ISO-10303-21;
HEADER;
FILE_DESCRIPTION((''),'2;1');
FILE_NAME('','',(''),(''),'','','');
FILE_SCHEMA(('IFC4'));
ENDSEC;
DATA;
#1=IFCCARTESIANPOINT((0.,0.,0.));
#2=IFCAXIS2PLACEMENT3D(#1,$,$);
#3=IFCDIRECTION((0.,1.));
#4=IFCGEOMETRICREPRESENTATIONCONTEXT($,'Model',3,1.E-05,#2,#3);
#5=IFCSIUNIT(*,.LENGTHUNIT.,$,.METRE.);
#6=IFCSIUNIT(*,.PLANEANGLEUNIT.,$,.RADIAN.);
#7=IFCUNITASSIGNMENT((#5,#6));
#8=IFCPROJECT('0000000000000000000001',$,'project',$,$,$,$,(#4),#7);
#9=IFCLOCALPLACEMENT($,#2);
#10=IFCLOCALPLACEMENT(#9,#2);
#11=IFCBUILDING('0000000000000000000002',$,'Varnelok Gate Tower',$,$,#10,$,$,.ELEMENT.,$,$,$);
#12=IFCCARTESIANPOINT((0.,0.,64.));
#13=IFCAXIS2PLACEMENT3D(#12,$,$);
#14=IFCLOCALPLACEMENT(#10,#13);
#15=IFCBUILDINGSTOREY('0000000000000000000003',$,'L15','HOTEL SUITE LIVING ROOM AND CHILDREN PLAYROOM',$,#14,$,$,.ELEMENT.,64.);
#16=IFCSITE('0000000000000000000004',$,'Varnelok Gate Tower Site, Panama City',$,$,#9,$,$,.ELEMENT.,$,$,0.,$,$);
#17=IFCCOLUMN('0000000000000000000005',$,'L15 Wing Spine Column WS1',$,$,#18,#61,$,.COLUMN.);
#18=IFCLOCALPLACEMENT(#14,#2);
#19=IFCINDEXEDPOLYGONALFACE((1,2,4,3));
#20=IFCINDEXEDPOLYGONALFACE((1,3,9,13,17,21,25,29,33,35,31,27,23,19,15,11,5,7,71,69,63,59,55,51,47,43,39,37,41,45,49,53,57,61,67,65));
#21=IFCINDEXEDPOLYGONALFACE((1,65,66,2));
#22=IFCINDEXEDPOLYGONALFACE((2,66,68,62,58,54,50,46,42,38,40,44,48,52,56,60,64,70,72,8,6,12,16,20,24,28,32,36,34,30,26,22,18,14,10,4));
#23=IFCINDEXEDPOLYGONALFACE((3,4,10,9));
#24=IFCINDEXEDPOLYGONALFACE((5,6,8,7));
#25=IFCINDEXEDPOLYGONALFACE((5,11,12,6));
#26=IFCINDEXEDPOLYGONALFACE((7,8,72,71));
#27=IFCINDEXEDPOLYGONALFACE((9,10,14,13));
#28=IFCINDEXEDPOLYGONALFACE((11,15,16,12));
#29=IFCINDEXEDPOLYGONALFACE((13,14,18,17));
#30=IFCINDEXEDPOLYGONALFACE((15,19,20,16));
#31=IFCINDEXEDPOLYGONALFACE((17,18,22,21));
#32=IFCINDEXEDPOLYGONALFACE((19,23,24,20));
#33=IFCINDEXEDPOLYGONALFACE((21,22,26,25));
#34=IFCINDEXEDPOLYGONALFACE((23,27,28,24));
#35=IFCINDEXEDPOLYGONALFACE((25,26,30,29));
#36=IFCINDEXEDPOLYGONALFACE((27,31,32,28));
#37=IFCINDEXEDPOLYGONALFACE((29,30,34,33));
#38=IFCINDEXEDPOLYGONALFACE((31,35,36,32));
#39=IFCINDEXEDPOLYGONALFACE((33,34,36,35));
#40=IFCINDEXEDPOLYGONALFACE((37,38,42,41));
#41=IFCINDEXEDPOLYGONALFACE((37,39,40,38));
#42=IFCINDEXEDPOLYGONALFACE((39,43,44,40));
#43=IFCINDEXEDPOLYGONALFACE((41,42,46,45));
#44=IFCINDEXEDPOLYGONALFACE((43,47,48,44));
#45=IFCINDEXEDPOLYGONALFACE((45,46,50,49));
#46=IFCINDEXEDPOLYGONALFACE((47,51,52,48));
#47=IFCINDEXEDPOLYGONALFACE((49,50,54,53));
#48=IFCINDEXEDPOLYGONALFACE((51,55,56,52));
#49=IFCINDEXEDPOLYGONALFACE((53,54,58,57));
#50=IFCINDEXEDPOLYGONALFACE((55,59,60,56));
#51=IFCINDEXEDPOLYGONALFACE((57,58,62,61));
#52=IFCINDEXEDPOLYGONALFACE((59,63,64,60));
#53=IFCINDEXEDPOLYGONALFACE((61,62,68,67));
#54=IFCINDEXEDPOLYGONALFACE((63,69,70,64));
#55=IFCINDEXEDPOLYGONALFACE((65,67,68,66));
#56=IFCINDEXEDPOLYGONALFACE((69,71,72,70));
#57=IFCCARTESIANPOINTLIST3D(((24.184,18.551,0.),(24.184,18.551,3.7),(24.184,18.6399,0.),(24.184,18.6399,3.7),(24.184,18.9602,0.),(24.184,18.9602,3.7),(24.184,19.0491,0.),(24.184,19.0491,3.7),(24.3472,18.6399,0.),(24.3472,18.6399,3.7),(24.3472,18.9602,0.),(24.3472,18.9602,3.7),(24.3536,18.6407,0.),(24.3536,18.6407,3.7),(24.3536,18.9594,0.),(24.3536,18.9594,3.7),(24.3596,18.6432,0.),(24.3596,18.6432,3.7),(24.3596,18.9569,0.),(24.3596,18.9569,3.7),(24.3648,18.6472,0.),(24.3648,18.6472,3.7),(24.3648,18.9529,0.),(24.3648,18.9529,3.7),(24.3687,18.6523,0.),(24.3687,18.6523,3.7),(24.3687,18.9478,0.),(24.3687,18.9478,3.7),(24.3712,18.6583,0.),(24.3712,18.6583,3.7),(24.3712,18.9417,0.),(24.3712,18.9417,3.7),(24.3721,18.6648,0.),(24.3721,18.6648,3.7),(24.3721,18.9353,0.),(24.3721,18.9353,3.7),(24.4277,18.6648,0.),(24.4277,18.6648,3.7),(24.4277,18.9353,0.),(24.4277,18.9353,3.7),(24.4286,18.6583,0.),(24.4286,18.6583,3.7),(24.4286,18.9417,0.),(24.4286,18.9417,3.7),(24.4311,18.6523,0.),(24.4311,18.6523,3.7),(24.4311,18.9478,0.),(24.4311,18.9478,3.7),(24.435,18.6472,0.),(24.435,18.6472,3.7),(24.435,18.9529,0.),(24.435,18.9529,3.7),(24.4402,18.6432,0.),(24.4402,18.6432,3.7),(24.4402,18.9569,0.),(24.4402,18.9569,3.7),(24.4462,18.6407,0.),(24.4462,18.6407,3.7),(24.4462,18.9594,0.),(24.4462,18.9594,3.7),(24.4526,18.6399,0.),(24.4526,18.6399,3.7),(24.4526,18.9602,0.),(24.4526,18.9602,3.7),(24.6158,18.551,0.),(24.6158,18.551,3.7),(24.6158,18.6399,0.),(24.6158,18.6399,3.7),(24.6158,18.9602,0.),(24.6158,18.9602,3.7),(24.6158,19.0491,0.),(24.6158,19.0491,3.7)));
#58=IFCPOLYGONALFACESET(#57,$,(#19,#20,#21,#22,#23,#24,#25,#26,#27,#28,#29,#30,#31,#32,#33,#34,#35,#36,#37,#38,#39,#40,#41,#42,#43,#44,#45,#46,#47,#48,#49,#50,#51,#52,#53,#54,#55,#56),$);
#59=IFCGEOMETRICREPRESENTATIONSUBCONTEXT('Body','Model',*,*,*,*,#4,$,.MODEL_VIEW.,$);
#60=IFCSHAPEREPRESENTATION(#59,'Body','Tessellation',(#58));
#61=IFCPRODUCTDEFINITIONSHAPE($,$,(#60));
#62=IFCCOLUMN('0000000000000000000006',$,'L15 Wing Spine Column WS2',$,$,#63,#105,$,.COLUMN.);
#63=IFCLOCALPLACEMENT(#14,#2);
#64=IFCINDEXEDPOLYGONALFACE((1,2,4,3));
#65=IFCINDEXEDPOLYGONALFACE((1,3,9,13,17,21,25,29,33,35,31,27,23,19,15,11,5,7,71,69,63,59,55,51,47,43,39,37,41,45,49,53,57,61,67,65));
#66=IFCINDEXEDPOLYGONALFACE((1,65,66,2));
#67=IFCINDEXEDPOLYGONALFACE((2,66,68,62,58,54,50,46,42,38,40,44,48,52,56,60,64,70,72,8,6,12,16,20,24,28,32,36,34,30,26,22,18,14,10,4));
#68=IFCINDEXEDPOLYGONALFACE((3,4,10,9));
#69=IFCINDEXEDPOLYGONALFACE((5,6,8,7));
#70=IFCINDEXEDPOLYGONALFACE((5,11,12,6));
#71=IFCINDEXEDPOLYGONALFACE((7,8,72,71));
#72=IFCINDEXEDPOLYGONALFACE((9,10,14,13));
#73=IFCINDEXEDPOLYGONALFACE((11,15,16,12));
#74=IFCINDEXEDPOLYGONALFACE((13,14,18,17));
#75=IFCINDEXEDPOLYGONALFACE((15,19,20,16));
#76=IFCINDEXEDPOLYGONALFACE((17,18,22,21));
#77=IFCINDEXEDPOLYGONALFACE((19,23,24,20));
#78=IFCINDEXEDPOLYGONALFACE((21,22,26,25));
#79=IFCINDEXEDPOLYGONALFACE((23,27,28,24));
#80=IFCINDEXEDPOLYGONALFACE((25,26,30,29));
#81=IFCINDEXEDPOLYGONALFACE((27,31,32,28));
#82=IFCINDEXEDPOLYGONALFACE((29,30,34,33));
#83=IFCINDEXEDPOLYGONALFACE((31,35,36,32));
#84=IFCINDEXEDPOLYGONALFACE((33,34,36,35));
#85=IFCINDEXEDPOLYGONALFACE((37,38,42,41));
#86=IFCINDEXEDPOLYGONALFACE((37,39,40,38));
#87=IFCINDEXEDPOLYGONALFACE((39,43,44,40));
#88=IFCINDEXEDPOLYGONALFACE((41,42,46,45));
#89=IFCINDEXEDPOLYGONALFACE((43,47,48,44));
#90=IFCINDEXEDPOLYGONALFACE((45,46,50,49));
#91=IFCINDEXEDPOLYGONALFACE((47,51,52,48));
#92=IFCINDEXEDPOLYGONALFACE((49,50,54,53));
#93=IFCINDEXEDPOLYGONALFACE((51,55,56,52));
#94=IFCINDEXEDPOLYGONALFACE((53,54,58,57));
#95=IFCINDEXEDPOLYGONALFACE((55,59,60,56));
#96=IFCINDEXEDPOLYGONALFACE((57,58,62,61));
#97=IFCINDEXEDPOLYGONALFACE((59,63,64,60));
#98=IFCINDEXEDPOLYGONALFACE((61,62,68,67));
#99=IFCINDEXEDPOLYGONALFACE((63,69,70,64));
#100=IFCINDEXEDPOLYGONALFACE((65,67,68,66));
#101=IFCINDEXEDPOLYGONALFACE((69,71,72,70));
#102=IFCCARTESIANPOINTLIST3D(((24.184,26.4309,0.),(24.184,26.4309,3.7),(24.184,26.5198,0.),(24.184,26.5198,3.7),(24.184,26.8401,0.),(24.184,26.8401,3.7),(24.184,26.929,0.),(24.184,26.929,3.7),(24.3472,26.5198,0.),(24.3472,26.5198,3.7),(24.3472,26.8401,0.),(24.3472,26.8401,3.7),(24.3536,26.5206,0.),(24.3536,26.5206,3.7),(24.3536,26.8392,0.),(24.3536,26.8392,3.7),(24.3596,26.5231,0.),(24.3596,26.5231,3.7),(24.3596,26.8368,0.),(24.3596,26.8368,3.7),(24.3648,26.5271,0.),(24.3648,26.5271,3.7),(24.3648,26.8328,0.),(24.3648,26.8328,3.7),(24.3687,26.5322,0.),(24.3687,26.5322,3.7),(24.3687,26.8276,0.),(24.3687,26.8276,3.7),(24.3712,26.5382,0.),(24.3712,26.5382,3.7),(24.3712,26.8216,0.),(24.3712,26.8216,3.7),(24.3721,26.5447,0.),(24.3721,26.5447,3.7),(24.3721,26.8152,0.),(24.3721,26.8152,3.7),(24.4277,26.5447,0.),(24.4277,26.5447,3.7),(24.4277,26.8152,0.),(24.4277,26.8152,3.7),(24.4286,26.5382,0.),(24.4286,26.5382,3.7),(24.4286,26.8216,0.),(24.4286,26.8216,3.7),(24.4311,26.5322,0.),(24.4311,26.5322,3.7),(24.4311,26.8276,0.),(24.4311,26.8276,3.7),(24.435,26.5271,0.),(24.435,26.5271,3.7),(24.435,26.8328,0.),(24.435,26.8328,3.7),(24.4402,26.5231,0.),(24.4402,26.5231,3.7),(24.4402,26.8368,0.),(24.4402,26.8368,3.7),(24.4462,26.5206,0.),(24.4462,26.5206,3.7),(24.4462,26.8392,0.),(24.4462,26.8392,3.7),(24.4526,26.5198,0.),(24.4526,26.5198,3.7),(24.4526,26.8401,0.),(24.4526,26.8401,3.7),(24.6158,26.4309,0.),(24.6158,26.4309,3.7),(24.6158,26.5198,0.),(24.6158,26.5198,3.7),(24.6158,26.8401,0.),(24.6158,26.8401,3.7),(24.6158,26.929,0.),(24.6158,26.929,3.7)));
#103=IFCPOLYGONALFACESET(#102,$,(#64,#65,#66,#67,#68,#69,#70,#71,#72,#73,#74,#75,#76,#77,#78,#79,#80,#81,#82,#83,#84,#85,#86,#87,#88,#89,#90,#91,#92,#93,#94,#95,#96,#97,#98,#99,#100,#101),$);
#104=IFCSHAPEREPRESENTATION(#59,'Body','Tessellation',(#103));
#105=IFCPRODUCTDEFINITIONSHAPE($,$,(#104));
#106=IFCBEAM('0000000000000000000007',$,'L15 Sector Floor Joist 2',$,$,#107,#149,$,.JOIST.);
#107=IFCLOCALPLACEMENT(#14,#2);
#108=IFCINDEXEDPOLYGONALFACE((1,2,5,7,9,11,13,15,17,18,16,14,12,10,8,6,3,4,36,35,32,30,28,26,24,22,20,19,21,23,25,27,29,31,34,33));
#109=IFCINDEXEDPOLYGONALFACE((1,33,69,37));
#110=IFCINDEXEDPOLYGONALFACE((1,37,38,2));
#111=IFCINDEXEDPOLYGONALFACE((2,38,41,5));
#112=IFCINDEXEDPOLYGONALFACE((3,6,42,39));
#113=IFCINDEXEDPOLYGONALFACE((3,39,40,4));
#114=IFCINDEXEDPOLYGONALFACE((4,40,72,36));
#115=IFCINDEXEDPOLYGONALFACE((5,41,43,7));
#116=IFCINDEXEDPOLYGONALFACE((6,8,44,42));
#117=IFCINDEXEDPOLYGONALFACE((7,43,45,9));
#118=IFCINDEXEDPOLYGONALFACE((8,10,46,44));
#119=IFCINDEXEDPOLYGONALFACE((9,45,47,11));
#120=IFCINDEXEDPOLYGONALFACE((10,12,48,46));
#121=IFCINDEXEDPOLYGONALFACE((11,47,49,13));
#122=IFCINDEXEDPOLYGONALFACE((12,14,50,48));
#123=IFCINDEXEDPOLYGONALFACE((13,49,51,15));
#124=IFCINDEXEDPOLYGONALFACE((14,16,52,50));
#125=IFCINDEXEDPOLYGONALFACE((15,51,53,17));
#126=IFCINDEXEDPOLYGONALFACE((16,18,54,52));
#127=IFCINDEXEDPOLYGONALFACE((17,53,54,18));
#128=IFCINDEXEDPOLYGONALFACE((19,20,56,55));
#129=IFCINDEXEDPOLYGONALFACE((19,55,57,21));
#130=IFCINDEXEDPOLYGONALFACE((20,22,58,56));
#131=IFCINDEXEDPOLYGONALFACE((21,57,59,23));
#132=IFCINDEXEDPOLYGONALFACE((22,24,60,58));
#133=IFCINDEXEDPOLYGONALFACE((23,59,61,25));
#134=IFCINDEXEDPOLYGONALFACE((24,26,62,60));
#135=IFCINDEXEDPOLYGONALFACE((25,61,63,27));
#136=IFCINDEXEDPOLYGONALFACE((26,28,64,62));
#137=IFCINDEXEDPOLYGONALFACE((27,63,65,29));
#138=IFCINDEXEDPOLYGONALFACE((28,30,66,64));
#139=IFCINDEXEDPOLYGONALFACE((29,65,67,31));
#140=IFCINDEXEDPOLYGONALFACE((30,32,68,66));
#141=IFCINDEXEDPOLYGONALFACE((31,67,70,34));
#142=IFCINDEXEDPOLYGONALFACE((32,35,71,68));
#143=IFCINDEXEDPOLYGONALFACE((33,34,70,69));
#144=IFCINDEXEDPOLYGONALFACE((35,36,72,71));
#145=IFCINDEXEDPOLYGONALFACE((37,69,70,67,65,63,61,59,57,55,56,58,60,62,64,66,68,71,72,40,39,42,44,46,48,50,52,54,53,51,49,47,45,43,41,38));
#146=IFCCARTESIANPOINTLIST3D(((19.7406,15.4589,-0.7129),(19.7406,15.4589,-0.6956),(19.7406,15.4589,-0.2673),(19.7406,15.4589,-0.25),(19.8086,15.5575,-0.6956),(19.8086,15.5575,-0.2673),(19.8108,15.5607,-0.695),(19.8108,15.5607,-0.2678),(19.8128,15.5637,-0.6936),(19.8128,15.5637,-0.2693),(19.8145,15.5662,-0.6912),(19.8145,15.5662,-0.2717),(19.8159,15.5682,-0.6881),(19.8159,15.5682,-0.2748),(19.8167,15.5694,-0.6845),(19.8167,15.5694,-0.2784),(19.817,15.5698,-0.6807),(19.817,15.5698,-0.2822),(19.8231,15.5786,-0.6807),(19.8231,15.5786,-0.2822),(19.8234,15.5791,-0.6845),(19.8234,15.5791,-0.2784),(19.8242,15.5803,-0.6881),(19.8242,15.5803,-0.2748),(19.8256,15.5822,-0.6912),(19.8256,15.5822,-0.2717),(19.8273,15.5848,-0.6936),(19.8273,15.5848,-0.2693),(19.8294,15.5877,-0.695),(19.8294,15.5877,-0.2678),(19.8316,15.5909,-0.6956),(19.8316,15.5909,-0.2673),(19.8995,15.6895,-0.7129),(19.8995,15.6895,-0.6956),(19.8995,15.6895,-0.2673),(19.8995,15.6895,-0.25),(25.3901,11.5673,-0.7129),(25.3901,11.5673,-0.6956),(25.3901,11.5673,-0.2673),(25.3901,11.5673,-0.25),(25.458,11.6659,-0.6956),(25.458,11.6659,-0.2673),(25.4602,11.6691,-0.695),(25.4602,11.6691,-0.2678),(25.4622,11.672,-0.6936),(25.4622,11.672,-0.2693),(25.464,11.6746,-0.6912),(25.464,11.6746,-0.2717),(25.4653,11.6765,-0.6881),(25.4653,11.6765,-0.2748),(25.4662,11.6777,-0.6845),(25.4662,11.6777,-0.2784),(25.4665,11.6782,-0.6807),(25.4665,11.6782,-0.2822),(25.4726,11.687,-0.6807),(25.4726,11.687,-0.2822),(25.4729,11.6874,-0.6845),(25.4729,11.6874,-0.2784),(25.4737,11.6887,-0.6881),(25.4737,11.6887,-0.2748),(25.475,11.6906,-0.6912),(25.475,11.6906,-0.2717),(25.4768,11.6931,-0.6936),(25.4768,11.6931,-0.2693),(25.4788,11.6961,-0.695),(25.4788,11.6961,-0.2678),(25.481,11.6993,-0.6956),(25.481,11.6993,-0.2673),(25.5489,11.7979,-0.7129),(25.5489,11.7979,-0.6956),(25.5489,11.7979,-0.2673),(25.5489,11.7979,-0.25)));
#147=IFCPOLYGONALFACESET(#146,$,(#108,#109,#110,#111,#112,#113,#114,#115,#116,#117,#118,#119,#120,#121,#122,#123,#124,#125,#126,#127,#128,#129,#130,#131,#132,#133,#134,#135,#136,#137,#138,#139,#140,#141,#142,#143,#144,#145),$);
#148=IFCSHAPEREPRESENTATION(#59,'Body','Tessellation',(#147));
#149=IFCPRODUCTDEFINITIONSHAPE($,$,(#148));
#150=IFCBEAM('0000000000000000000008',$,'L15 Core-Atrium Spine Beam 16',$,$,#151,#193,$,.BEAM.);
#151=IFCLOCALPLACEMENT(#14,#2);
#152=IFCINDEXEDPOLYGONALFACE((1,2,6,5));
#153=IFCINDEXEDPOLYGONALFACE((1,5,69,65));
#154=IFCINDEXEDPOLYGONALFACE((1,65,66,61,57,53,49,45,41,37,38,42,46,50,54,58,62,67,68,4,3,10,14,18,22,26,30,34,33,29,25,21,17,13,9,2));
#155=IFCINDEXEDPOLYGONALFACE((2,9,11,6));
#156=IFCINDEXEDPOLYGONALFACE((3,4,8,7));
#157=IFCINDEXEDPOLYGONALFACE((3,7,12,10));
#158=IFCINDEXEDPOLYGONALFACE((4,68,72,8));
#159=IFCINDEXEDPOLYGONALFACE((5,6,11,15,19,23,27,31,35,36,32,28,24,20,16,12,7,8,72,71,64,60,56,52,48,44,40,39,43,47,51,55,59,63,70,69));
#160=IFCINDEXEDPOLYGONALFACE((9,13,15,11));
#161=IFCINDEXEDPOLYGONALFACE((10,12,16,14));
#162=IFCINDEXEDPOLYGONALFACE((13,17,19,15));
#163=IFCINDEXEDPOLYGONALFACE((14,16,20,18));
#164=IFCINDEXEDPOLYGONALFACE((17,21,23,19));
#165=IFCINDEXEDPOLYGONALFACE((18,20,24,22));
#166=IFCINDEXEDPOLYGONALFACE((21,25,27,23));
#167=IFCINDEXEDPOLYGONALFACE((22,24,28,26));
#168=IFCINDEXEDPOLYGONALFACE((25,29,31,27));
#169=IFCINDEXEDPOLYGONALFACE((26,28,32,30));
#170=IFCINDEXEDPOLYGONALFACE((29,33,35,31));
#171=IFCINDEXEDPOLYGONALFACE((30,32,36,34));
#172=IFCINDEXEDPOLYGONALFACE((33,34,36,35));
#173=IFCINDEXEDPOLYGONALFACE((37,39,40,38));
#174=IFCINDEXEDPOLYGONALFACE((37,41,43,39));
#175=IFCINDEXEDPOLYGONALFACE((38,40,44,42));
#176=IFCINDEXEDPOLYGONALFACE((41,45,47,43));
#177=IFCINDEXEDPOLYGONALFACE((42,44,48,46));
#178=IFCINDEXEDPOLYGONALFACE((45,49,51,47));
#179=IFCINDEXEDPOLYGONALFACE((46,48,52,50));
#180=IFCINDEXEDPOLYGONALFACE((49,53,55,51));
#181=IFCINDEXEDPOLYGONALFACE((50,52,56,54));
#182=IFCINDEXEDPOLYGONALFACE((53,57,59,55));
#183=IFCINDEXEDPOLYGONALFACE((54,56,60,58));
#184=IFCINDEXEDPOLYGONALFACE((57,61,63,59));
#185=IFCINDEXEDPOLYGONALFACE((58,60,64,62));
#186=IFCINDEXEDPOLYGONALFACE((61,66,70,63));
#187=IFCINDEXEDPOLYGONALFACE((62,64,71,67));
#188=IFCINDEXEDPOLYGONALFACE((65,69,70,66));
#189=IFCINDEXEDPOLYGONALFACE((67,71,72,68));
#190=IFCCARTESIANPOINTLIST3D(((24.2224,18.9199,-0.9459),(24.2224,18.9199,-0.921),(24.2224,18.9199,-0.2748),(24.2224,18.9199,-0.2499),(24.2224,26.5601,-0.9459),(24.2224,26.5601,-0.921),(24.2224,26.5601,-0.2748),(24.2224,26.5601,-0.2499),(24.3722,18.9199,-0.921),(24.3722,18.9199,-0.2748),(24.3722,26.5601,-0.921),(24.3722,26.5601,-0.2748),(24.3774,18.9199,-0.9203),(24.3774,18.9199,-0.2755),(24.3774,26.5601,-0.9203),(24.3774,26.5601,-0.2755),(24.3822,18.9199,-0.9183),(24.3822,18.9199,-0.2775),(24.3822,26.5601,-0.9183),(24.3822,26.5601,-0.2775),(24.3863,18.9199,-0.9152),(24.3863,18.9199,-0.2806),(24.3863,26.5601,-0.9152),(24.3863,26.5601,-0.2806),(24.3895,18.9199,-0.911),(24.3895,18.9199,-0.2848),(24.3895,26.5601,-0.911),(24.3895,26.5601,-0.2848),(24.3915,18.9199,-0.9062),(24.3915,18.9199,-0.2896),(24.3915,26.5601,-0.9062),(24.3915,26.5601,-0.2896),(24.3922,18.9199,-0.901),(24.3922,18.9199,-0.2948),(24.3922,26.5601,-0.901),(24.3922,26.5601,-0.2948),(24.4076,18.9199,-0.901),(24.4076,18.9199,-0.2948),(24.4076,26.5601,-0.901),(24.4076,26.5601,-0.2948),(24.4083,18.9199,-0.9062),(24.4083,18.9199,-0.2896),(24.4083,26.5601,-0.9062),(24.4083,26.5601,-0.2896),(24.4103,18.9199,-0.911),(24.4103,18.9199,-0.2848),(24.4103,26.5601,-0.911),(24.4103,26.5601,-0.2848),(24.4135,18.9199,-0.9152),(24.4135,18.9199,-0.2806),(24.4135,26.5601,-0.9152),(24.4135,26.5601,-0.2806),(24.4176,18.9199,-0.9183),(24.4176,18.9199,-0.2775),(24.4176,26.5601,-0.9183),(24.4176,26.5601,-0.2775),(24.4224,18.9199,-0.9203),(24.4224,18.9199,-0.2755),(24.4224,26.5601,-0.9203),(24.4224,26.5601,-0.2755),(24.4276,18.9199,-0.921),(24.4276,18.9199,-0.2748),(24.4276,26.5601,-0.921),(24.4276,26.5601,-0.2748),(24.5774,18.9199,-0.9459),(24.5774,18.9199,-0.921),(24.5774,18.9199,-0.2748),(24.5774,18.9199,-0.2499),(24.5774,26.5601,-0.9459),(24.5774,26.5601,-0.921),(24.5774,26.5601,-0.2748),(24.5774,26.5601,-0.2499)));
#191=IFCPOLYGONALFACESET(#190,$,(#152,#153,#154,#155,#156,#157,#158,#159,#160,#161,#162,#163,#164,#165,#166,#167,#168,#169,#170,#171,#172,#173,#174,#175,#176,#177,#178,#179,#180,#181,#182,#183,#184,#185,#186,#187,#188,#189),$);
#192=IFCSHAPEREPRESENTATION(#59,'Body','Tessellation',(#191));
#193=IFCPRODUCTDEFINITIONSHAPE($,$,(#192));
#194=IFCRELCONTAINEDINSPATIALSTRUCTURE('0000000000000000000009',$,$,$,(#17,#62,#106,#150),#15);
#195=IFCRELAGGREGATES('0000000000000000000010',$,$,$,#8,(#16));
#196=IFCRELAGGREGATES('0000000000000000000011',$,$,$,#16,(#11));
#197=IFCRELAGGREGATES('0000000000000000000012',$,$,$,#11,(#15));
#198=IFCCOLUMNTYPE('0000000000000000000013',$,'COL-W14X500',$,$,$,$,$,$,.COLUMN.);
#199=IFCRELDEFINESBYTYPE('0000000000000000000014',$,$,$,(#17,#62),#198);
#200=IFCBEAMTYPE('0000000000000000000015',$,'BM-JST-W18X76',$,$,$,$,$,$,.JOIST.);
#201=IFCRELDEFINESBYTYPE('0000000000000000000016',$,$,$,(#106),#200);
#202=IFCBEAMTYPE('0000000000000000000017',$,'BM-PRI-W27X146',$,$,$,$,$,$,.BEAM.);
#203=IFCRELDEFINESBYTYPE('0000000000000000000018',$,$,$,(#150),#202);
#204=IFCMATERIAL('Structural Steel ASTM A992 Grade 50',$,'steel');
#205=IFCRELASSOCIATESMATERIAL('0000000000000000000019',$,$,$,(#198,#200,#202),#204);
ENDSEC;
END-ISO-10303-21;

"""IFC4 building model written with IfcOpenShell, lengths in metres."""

from ifc_helpers import new_model, si_unit, direction, frame, origin, origin_2d, place, context, subcontext, project, spatial, i_section, extrude, material, material_profile, profile_set, type_object, element, save


model = new_model("IFC4")

# Units and contexts
model_context = context("Model", 3, precision=1e-05, world=origin(), true_north=direction((0.0, 1.0)))
body_context = subcontext(model_context, "Body", "Model", "MODEL_VIEW")
ifc_project = project(units=[si_unit("LENGTHUNIT", "METRE"), si_unit("PLANEANGLEUNIT", "RADIAN")], contexts=[model_context])

# Site, building, storey
site_placement = place(None, origin())
site = spatial("IfcSite", under=ifc_project, at=site_placement, Name="Varnelok Gate Tower Site, Panama City", CompositionType="ELEMENT", RefElevation=0.0)
building_placement = place(site_placement, origin())
building = spatial("IfcBuilding", under=site, at=building_placement, Name="Varnelok Gate Tower", CompositionType="ELEMENT")
storey_placement = place(building_placement, frame((0.0, 0.0, 64.0)))
storey = spatial("IfcBuildingStorey", under=building, at=storey_placement, Name="L15", Description="HOTEL SUITE LIVING ROOM AND CHILDREN PLAYROOM", CompositionType="ELEMENT", Elevation=64.0)

# Columns
ifc_material_1 = material(Name="Structural Steel ASTM A992 Grade 50", Category="steel")
ifc_material_profile_1 = material_profile(ifc_material_1, i_section(OverallWidth=0.4319, OverallDepth=0.498, WebThickness=0.0557, FlangeThickness=0.0889, FilletRadius=0.0249, at=origin_2d()), Name="W14X500")
ifc_profile_set_1 = profile_set([ifc_material_profile_1], Name="Structural Steel ASTM A992 Grade 50")
column_type = type_object("IfcColumnType", Name="COL-W14X500", PredefinedType="COLUMN", material=ifc_profile_set_1)
for number, where, z_axis, x_axis, name in (
    (1, (24.3999, 18.8, 0.0), (0.0, 0.0, 1.0), (1.0, 0.0, 0.0), "L15 Wing Spine Column WS1"),
    (2, (24.3999, 26.6799, 0.0), (0.0, 0.0, 1.0), (1.0, 0.0, 0.0), "L15 Wing Spine Column WS2"),
):
    element("IfcColumn", number, at=place(storey_placement, frame(where, z_axis=z_axis, x_axis=x_axis)), inside=storey, type_object=column_type, Name=name, PredefinedType="COLUMN", context=body_context, shape_type="SweptSolid", body=[
        extrude(i_section(OverallWidth=0.4319, OverallDepth=0.498, WebThickness=0.0557, FlangeThickness=0.0889, FilletRadius=0.0249, at=origin_2d()), origin(), (0.0, 0.0, 1.0), 3.7),
    ])

# Beams
ifc_material_profile_2 = material_profile(ifc_material_1, i_section(OverallWidth=0.28, OverallDepth=0.4629, WebThickness=0.0107, FlangeThickness=0.0173, FilletRadius=0.0149, at=origin_2d()), Name="W18X76")
ifc_profile_set_2 = profile_set([ifc_material_profile_2], Name="Structural Steel ASTM A992 Grade 50")
beam_type_1 = type_object("IfcBeamType", Name="BM-JST-W18X76", PredefinedType="JOIST", material=ifc_profile_set_2)
beam_1_placement = place(storey_placement, frame((19.8201, 15.5742, -0.4814), z_axis=(0.823522, -0.567284, 0.0), x_axis=(0.567284, 0.823522, 0.0)))
element("IfcBeam", 3, at=beam_1_placement, inside=storey, type_object=beam_type_1, Name="L15 Sector Floor Joist 2", PredefinedType="JOIST", context=body_context, shape_type="SweptSolid", body=[
    extrude(i_section(OverallWidth=0.28, OverallDepth=0.4629, WebThickness=0.0107, FlangeThickness=0.0173, FilletRadius=0.0149, at=origin_2d()), origin(), (0.0, 0.0, 1.0), 6.8601),
])
ifc_material_profile_3 = material_profile(ifc_material_1, i_section(OverallWidth=0.355, OverallDepth=0.696, WebThickness=0.0154, FlangeThickness=0.0249, FilletRadius=0.02, at=origin_2d()), Name="W27X146")
ifc_profile_set_3 = profile_set([ifc_material_profile_3], Name="Structural Steel ASTM A992 Grade 50")
beam_type_2 = type_object("IfcBeamType", Name="BM-PRI-W27X146", PredefinedType="BEAM", material=ifc_profile_set_3)
beam_2_placement = place(storey_placement, frame((24.3999, 18.9199, -0.5979), z_axis=(0.0, 1.0, 0.0), x_axis=(-1.0, 0.0, 0.0)))
element("IfcBeam", 4, at=beam_2_placement, inside=storey, type_object=beam_type_2, Name="L15 Core-Atrium Spine Beam 16", PredefinedType="BEAM", context=body_context, shape_type="SweptSolid", body=[
    extrude(i_section(OverallWidth=0.355, OverallDepth=0.696, WebThickness=0.0154, FlangeThickness=0.0249, FilletRadius=0.02, at=origin_2d()), origin(), (0.0, 0.0, 1.0), 7.6401),
])

save(model, "model.ifc")
